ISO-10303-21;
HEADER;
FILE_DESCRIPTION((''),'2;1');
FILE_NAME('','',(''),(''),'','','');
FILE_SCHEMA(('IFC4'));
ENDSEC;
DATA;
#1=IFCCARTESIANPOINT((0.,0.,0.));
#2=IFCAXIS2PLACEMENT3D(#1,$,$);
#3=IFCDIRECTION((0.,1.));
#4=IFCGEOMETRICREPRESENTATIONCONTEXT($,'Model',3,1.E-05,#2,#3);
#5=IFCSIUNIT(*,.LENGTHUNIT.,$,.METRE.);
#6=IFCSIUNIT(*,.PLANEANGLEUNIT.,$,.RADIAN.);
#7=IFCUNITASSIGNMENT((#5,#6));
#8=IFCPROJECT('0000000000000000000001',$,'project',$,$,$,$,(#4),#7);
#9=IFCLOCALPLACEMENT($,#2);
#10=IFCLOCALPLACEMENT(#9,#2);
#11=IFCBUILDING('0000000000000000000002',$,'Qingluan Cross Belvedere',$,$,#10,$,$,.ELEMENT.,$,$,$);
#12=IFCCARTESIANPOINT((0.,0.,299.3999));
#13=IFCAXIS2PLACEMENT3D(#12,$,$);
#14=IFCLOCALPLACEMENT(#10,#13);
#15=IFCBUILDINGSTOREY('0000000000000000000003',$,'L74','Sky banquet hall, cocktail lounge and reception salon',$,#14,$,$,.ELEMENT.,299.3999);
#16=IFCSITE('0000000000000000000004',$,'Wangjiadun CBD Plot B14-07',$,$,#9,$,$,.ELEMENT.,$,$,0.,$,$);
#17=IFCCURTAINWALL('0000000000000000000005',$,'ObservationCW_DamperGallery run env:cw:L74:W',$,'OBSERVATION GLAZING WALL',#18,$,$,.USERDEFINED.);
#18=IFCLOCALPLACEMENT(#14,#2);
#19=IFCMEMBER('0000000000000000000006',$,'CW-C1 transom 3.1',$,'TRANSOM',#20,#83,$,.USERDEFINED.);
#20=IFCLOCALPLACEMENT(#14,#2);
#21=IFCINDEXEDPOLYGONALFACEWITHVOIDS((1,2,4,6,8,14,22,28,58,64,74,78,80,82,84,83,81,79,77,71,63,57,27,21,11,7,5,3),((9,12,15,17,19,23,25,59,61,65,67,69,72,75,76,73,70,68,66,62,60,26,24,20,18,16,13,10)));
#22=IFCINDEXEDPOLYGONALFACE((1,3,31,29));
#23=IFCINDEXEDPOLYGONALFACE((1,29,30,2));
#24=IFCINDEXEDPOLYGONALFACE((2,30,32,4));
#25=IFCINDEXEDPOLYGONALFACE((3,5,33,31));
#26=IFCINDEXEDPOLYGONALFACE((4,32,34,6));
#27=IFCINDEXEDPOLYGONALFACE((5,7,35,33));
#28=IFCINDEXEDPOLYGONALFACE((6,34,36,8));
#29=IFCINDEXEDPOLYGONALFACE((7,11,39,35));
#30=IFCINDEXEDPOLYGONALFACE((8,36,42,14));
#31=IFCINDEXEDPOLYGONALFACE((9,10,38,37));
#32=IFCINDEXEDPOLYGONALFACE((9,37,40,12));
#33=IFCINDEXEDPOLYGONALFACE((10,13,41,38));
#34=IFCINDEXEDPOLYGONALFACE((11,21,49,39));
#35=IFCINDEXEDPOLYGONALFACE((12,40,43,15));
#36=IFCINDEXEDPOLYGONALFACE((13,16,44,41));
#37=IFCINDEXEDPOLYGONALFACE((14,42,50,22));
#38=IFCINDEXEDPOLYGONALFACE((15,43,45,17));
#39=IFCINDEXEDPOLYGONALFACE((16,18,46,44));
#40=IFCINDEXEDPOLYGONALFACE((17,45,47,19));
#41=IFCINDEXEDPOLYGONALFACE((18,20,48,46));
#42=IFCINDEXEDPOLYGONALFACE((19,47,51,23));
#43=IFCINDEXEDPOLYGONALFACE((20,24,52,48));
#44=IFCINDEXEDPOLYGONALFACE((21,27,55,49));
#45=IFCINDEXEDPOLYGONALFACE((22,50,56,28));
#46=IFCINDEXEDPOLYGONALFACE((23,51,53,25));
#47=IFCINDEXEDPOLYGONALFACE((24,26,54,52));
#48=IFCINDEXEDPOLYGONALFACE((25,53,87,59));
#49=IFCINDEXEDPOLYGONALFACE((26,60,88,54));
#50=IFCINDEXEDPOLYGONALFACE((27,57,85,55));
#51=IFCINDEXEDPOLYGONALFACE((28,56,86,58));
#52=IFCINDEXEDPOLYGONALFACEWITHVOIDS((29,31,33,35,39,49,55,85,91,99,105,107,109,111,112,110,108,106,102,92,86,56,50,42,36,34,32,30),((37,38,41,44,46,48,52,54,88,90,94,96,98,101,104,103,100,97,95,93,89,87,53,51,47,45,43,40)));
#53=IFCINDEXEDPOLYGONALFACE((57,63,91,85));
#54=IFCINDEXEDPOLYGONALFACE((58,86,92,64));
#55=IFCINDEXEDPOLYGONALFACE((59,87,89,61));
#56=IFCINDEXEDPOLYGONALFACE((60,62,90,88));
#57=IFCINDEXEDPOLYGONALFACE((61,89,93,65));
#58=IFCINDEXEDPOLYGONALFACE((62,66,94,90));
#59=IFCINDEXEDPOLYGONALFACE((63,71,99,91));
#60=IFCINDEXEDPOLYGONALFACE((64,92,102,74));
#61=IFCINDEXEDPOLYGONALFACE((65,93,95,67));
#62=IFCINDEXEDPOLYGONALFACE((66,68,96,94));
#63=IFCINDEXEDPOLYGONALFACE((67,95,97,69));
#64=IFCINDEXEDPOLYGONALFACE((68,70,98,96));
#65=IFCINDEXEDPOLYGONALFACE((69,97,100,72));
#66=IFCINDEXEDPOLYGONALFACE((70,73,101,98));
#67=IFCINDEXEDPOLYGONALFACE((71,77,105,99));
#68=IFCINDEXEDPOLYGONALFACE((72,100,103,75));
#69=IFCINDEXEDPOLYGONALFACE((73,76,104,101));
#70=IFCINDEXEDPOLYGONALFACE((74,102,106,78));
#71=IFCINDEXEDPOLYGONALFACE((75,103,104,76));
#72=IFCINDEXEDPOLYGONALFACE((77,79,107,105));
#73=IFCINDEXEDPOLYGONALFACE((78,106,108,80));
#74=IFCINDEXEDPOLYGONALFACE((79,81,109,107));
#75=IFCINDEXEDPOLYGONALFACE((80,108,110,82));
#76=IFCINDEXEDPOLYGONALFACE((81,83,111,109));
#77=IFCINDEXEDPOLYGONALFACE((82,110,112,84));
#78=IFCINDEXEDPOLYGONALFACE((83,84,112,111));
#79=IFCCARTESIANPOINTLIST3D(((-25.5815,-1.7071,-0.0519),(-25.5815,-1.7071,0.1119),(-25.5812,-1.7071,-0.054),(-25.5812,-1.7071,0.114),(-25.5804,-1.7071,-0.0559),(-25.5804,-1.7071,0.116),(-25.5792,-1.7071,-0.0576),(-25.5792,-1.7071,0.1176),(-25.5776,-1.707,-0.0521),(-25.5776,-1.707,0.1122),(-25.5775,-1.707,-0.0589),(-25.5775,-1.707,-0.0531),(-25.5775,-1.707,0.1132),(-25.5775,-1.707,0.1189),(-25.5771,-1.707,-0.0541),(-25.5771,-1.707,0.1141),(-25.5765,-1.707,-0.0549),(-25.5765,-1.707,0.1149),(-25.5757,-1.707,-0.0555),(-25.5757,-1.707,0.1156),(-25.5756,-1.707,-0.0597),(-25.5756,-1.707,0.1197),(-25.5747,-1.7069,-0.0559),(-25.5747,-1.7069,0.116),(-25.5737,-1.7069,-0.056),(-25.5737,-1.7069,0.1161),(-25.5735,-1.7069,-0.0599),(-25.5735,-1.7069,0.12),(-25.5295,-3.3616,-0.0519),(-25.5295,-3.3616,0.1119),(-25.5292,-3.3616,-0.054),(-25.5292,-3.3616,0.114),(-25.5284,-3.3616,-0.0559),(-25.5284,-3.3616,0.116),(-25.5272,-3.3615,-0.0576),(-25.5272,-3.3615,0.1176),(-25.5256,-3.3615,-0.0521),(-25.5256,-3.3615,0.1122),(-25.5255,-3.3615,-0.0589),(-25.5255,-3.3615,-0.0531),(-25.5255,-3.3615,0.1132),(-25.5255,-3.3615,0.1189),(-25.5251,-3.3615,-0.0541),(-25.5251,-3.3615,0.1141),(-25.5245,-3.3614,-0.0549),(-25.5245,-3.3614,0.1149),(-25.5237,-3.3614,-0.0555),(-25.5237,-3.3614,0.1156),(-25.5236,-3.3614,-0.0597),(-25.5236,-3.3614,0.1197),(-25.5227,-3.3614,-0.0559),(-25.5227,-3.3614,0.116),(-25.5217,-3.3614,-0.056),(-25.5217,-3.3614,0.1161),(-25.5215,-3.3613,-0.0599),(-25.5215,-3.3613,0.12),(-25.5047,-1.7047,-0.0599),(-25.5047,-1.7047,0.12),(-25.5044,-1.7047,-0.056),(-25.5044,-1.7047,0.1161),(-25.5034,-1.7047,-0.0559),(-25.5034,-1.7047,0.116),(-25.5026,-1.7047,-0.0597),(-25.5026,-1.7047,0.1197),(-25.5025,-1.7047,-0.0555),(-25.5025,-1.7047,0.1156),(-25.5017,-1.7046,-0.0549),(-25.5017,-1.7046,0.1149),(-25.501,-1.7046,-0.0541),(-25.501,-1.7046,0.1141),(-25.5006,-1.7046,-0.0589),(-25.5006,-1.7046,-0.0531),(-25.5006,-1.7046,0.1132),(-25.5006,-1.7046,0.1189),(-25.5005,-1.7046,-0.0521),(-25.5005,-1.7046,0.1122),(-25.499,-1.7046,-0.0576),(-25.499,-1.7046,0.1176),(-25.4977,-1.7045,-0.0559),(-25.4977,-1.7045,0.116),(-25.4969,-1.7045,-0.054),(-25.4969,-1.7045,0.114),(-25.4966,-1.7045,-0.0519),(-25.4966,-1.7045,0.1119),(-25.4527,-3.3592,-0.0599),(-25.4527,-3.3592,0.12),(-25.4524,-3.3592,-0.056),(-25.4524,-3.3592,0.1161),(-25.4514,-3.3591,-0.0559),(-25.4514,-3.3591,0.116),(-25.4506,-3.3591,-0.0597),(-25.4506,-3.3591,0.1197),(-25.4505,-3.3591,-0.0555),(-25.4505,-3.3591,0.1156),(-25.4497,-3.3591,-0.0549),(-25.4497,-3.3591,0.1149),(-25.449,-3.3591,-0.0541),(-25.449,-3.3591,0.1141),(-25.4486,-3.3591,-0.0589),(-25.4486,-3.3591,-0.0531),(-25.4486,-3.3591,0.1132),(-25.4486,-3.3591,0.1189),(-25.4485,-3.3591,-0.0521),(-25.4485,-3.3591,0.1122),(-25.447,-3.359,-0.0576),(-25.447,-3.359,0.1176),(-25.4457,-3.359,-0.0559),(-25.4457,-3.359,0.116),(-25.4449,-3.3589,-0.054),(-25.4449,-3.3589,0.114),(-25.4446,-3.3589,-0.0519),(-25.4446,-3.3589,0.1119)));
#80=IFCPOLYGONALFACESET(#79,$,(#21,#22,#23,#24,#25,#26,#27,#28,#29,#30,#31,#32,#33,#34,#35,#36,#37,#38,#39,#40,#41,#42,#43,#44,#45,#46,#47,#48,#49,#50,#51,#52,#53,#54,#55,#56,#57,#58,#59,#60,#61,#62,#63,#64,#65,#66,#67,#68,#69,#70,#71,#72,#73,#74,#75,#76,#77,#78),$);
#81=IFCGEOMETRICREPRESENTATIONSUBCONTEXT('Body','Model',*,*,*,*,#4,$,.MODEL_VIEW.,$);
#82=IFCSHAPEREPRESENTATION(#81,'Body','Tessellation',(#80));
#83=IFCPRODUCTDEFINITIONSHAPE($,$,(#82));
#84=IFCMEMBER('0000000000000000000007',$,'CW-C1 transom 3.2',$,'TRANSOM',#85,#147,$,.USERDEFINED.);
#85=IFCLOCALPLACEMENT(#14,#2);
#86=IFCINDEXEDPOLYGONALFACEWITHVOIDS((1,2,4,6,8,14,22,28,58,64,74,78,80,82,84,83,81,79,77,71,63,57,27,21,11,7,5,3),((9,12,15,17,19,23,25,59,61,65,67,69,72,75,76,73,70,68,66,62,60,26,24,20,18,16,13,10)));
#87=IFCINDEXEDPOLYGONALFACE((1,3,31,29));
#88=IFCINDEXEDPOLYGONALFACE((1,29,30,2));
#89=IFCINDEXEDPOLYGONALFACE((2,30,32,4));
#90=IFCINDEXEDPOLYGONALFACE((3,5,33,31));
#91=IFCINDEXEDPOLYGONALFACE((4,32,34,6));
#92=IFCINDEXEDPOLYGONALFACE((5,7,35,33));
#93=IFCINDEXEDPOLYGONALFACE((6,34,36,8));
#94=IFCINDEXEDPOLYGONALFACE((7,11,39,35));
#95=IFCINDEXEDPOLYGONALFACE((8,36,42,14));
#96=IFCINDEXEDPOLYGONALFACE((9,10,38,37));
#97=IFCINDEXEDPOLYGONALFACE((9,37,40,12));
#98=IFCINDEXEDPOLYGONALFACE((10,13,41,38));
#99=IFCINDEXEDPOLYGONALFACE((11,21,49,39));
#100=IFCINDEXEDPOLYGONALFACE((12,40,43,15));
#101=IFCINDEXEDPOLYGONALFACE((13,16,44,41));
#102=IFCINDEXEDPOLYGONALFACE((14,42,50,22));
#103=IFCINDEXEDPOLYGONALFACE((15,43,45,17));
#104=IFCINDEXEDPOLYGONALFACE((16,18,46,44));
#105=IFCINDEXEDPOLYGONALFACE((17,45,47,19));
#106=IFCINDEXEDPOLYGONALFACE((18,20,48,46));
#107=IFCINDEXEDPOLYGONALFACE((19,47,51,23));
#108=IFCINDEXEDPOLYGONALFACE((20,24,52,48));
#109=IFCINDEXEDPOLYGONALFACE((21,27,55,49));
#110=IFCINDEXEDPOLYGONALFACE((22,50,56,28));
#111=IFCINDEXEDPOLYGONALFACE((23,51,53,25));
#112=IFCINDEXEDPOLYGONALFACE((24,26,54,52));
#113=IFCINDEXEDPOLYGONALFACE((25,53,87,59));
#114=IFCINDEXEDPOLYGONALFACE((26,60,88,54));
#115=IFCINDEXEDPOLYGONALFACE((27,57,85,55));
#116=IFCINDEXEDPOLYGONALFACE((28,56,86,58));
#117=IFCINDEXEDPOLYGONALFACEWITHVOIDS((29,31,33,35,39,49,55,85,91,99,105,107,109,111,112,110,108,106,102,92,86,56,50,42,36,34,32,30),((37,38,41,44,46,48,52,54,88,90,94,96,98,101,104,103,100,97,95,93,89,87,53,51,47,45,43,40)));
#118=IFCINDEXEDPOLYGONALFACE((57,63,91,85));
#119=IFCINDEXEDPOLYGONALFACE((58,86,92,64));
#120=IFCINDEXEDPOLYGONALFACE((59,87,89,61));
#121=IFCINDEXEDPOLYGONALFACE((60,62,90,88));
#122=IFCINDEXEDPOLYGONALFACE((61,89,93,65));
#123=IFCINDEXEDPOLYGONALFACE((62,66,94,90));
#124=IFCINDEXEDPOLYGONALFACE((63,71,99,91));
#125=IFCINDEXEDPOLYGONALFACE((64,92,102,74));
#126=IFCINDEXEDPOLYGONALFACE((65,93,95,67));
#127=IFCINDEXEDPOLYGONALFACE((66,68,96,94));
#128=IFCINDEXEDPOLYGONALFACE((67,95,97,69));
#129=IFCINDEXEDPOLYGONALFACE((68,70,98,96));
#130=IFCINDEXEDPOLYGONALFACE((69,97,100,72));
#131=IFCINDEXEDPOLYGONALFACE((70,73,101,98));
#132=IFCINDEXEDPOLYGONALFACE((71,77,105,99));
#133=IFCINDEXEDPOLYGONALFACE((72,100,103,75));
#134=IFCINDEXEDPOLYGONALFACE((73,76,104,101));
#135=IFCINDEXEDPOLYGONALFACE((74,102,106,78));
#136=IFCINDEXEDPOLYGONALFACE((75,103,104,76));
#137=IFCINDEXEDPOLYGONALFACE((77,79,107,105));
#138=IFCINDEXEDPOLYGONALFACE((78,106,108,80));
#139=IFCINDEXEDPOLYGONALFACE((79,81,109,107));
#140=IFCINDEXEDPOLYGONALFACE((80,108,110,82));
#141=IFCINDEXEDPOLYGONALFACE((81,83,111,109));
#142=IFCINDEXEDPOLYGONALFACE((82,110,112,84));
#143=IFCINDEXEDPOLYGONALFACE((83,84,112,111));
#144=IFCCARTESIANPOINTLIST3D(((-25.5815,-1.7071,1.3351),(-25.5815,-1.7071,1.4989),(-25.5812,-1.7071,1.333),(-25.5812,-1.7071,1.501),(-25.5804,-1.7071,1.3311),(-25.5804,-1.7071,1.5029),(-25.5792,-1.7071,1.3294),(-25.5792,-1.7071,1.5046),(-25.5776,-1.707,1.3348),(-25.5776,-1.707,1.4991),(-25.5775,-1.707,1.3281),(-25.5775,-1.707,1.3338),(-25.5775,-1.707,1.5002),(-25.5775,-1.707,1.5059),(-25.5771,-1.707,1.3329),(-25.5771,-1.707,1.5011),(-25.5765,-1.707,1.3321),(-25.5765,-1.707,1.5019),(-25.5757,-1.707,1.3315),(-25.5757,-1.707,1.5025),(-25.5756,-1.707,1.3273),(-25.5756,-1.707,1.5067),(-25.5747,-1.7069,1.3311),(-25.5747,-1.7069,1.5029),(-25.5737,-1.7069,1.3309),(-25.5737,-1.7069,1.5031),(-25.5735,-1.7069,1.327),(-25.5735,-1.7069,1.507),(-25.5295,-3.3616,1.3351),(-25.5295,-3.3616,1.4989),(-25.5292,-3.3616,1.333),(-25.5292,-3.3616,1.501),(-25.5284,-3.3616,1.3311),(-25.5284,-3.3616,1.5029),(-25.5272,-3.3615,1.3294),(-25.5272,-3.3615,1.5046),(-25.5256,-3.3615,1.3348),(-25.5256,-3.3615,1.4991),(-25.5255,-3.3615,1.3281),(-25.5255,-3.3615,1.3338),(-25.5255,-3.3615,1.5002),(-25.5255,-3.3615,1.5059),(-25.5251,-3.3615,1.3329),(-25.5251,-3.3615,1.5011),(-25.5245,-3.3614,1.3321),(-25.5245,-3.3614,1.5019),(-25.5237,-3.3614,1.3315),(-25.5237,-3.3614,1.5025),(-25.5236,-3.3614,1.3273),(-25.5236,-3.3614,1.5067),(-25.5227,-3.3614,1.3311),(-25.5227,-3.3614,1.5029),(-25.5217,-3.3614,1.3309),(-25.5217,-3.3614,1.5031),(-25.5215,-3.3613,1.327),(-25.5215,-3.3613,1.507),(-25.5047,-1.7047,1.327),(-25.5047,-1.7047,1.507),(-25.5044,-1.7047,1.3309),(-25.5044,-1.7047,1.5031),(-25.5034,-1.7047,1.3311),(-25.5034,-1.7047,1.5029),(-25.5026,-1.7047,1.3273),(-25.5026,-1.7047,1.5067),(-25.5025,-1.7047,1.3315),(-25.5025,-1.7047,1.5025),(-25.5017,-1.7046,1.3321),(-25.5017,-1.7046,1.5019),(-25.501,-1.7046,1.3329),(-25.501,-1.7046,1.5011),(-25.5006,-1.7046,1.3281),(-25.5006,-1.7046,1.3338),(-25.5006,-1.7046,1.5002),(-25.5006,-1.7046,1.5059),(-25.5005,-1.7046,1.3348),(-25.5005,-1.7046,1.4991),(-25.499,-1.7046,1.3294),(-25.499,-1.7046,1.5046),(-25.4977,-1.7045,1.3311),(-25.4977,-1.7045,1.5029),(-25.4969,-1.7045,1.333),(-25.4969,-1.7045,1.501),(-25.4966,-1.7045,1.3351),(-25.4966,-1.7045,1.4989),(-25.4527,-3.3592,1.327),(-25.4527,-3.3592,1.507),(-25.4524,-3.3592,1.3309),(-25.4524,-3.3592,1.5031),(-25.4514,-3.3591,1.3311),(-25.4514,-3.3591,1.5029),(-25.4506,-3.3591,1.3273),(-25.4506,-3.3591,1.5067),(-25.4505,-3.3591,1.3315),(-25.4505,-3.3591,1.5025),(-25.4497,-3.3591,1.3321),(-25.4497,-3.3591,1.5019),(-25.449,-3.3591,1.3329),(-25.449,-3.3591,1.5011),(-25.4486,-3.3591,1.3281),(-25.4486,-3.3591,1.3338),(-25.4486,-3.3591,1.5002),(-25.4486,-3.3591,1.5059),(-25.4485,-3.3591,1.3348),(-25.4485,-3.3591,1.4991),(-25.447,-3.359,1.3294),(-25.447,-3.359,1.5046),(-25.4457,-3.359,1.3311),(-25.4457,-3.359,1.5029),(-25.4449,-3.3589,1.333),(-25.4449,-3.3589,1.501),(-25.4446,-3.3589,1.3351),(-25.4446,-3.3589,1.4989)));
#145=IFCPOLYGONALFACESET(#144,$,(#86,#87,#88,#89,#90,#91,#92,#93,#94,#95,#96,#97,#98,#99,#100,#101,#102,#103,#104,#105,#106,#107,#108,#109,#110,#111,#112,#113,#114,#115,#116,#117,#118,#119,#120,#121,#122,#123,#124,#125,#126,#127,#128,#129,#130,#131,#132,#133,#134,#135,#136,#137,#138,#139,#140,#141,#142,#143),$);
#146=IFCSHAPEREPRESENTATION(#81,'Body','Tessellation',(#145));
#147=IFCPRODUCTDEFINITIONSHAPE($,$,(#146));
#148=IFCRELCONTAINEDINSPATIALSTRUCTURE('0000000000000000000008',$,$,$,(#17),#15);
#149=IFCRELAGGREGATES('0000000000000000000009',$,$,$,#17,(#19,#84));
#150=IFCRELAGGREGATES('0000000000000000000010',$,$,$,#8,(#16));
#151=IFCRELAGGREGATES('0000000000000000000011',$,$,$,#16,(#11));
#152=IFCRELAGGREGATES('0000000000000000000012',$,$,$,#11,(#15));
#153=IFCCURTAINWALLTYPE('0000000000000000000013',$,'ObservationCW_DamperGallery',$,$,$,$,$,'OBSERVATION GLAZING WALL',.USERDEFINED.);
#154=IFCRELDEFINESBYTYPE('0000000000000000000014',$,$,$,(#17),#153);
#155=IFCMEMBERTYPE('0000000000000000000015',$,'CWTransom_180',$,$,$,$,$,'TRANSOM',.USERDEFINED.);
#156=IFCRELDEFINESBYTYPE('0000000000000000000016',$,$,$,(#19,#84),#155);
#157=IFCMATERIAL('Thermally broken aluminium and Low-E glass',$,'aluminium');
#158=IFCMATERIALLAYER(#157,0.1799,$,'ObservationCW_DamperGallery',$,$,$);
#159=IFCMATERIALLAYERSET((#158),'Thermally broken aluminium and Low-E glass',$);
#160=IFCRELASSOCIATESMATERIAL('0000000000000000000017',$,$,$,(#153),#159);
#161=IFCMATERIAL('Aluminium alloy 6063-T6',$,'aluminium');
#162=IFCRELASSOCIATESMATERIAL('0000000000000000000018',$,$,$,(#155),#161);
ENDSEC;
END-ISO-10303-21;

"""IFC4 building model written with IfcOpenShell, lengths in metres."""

from ifc_helpers import new_model, si_unit, direction, frame, origin, origin_2d, place, context, subcontext, project, spatial, hollow_rectangle, extrude, material, layer, layer_set, material_profile, profile_set, type_object, element, aggregate, save


model = new_model("IFC4")

# Units and contexts
model_context = context("Model", 3, precision=1e-05, world=origin(), true_north=direction((0.0, 1.0)))
body_context = subcontext(model_context, "Body", "Model", "MODEL_VIEW")
ifc_project = project(units=[si_unit("LENGTHUNIT", "METRE"), si_unit("PLANEANGLEUNIT", "RADIAN")], contexts=[model_context])

# Site, building, storey
site_placement = place(None, origin())
site = spatial("IfcSite", under=ifc_project, at=site_placement, Name="Wangjiadun CBD Plot B14-07", CompositionType="ELEMENT", RefElevation=0.0)
building_placement = place(site_placement, origin())
building = spatial("IfcBuilding", under=site, at=building_placement, Name="Qingluan Cross Belvedere", CompositionType="ELEMENT")
storey_placement = place(building_placement, frame((0.0, 0.0, 299.3999)))
storey = spatial("IfcBuildingStorey", under=building, at=storey_placement, Name="L74", Description="Sky banquet hall, cocktail lounge and reception salon", CompositionType="ELEMENT", Elevation=299.3999)

# Curtain wall, members
ifc_material_1 = material(Name="Thermally broken aluminium and Low-E glass", Category="aluminium")
ifc_layer_1 = layer(ifc_material_1, 0.1799, Name="ObservationCW_DamperGallery")
ifc_layer_set_1 = layer_set([ifc_layer_1], Name="Thermally broken aluminium and Low-E glass")
curtain_wall_type = type_object("IfcCurtainWallType", Name="ObservationCW_DamperGallery", ElementType="OBSERVATION GLAZING WALL", PredefinedType="USERDEFINED", material=ifc_layer_set_1)
curtain_wall_placement = place(storey_placement, origin())
curtain_wall = element("IfcCurtainWall", 1, at=curtain_wall_placement, inside=storey, type_object=curtain_wall_type, Name="ObservationCW_DamperGallery run env:cw:L74:W", ObjectType="OBSERVATION GLAZING WALL", PredefinedType="USERDEFINED")
ifc_material_2 = material(Name="Aluminium alloy 6063-T6", Category="aluminium")
ifc_material_profile_1 = material_profile(ifc_material_2, hollow_rectangle(XDim=0.085, YDim=0.1799, WallThickness=0.0039, InnerFilletRadius=0.0039, OuterFilletRadius=0.0081, at=origin_2d()), Name="CWT180x85x4")
ifc_profile_set_1 = profile_set([ifc_material_profile_1], Name="Aluminium alloy 6063-T6")
member_type_1 = type_object("IfcMemberType", Name="CWTransom_180", ElementType="TRANSOM", PredefinedType="USERDEFINED", material=ifc_profile_set_1)
member_1_placement = place(storey_placement, frame((-25.5391, -1.7058, 0.03), z_axis=(0.031414, -0.999506, 0.0), x_axis=(0.999506, 0.031414, 0.0)))
member_1 = element("IfcMember", 2, at=member_1_placement, type_object=member_type_1, Name="CW-C1 transom 3.1", ObjectType="TRANSOM", PredefinedType="USERDEFINED", context=body_context, shape_type="SweptSolid", body=[
    extrude(hollow_rectangle(XDim=0.085, YDim=0.1799, WallThickness=0.0039, InnerFilletRadius=0.0039, OuterFilletRadius=0.0081, at=origin_2d()), origin(), (0.0, 0.0, 1.0), 1.6553),
])
member_2_placement = place(storey_placement, frame((-25.5391, -1.7058, 1.417), z_axis=(0.031414, -0.999506, 0.0), x_axis=(0.999506, 0.031414, 0.0)))
member_2 = element("IfcMember", 3, at=member_2_placement, type_object=member_type_1, Name="CW-C1 transom 3.2", ObjectType="TRANSOM", PredefinedType="USERDEFINED", context=body_context, shape_type="SweptSolid", body=[
    extrude(hollow_rectangle(XDim=0.085, YDim=0.1799, WallThickness=0.0039, InnerFilletRadius=0.0039, OuterFilletRadius=0.0081, at=origin_2d()), origin(), (0.0, 0.0, 1.0), 1.6553),
])
aggregate(curtain_wall, [member_1, member_2])

save(model, "model.ifc")
